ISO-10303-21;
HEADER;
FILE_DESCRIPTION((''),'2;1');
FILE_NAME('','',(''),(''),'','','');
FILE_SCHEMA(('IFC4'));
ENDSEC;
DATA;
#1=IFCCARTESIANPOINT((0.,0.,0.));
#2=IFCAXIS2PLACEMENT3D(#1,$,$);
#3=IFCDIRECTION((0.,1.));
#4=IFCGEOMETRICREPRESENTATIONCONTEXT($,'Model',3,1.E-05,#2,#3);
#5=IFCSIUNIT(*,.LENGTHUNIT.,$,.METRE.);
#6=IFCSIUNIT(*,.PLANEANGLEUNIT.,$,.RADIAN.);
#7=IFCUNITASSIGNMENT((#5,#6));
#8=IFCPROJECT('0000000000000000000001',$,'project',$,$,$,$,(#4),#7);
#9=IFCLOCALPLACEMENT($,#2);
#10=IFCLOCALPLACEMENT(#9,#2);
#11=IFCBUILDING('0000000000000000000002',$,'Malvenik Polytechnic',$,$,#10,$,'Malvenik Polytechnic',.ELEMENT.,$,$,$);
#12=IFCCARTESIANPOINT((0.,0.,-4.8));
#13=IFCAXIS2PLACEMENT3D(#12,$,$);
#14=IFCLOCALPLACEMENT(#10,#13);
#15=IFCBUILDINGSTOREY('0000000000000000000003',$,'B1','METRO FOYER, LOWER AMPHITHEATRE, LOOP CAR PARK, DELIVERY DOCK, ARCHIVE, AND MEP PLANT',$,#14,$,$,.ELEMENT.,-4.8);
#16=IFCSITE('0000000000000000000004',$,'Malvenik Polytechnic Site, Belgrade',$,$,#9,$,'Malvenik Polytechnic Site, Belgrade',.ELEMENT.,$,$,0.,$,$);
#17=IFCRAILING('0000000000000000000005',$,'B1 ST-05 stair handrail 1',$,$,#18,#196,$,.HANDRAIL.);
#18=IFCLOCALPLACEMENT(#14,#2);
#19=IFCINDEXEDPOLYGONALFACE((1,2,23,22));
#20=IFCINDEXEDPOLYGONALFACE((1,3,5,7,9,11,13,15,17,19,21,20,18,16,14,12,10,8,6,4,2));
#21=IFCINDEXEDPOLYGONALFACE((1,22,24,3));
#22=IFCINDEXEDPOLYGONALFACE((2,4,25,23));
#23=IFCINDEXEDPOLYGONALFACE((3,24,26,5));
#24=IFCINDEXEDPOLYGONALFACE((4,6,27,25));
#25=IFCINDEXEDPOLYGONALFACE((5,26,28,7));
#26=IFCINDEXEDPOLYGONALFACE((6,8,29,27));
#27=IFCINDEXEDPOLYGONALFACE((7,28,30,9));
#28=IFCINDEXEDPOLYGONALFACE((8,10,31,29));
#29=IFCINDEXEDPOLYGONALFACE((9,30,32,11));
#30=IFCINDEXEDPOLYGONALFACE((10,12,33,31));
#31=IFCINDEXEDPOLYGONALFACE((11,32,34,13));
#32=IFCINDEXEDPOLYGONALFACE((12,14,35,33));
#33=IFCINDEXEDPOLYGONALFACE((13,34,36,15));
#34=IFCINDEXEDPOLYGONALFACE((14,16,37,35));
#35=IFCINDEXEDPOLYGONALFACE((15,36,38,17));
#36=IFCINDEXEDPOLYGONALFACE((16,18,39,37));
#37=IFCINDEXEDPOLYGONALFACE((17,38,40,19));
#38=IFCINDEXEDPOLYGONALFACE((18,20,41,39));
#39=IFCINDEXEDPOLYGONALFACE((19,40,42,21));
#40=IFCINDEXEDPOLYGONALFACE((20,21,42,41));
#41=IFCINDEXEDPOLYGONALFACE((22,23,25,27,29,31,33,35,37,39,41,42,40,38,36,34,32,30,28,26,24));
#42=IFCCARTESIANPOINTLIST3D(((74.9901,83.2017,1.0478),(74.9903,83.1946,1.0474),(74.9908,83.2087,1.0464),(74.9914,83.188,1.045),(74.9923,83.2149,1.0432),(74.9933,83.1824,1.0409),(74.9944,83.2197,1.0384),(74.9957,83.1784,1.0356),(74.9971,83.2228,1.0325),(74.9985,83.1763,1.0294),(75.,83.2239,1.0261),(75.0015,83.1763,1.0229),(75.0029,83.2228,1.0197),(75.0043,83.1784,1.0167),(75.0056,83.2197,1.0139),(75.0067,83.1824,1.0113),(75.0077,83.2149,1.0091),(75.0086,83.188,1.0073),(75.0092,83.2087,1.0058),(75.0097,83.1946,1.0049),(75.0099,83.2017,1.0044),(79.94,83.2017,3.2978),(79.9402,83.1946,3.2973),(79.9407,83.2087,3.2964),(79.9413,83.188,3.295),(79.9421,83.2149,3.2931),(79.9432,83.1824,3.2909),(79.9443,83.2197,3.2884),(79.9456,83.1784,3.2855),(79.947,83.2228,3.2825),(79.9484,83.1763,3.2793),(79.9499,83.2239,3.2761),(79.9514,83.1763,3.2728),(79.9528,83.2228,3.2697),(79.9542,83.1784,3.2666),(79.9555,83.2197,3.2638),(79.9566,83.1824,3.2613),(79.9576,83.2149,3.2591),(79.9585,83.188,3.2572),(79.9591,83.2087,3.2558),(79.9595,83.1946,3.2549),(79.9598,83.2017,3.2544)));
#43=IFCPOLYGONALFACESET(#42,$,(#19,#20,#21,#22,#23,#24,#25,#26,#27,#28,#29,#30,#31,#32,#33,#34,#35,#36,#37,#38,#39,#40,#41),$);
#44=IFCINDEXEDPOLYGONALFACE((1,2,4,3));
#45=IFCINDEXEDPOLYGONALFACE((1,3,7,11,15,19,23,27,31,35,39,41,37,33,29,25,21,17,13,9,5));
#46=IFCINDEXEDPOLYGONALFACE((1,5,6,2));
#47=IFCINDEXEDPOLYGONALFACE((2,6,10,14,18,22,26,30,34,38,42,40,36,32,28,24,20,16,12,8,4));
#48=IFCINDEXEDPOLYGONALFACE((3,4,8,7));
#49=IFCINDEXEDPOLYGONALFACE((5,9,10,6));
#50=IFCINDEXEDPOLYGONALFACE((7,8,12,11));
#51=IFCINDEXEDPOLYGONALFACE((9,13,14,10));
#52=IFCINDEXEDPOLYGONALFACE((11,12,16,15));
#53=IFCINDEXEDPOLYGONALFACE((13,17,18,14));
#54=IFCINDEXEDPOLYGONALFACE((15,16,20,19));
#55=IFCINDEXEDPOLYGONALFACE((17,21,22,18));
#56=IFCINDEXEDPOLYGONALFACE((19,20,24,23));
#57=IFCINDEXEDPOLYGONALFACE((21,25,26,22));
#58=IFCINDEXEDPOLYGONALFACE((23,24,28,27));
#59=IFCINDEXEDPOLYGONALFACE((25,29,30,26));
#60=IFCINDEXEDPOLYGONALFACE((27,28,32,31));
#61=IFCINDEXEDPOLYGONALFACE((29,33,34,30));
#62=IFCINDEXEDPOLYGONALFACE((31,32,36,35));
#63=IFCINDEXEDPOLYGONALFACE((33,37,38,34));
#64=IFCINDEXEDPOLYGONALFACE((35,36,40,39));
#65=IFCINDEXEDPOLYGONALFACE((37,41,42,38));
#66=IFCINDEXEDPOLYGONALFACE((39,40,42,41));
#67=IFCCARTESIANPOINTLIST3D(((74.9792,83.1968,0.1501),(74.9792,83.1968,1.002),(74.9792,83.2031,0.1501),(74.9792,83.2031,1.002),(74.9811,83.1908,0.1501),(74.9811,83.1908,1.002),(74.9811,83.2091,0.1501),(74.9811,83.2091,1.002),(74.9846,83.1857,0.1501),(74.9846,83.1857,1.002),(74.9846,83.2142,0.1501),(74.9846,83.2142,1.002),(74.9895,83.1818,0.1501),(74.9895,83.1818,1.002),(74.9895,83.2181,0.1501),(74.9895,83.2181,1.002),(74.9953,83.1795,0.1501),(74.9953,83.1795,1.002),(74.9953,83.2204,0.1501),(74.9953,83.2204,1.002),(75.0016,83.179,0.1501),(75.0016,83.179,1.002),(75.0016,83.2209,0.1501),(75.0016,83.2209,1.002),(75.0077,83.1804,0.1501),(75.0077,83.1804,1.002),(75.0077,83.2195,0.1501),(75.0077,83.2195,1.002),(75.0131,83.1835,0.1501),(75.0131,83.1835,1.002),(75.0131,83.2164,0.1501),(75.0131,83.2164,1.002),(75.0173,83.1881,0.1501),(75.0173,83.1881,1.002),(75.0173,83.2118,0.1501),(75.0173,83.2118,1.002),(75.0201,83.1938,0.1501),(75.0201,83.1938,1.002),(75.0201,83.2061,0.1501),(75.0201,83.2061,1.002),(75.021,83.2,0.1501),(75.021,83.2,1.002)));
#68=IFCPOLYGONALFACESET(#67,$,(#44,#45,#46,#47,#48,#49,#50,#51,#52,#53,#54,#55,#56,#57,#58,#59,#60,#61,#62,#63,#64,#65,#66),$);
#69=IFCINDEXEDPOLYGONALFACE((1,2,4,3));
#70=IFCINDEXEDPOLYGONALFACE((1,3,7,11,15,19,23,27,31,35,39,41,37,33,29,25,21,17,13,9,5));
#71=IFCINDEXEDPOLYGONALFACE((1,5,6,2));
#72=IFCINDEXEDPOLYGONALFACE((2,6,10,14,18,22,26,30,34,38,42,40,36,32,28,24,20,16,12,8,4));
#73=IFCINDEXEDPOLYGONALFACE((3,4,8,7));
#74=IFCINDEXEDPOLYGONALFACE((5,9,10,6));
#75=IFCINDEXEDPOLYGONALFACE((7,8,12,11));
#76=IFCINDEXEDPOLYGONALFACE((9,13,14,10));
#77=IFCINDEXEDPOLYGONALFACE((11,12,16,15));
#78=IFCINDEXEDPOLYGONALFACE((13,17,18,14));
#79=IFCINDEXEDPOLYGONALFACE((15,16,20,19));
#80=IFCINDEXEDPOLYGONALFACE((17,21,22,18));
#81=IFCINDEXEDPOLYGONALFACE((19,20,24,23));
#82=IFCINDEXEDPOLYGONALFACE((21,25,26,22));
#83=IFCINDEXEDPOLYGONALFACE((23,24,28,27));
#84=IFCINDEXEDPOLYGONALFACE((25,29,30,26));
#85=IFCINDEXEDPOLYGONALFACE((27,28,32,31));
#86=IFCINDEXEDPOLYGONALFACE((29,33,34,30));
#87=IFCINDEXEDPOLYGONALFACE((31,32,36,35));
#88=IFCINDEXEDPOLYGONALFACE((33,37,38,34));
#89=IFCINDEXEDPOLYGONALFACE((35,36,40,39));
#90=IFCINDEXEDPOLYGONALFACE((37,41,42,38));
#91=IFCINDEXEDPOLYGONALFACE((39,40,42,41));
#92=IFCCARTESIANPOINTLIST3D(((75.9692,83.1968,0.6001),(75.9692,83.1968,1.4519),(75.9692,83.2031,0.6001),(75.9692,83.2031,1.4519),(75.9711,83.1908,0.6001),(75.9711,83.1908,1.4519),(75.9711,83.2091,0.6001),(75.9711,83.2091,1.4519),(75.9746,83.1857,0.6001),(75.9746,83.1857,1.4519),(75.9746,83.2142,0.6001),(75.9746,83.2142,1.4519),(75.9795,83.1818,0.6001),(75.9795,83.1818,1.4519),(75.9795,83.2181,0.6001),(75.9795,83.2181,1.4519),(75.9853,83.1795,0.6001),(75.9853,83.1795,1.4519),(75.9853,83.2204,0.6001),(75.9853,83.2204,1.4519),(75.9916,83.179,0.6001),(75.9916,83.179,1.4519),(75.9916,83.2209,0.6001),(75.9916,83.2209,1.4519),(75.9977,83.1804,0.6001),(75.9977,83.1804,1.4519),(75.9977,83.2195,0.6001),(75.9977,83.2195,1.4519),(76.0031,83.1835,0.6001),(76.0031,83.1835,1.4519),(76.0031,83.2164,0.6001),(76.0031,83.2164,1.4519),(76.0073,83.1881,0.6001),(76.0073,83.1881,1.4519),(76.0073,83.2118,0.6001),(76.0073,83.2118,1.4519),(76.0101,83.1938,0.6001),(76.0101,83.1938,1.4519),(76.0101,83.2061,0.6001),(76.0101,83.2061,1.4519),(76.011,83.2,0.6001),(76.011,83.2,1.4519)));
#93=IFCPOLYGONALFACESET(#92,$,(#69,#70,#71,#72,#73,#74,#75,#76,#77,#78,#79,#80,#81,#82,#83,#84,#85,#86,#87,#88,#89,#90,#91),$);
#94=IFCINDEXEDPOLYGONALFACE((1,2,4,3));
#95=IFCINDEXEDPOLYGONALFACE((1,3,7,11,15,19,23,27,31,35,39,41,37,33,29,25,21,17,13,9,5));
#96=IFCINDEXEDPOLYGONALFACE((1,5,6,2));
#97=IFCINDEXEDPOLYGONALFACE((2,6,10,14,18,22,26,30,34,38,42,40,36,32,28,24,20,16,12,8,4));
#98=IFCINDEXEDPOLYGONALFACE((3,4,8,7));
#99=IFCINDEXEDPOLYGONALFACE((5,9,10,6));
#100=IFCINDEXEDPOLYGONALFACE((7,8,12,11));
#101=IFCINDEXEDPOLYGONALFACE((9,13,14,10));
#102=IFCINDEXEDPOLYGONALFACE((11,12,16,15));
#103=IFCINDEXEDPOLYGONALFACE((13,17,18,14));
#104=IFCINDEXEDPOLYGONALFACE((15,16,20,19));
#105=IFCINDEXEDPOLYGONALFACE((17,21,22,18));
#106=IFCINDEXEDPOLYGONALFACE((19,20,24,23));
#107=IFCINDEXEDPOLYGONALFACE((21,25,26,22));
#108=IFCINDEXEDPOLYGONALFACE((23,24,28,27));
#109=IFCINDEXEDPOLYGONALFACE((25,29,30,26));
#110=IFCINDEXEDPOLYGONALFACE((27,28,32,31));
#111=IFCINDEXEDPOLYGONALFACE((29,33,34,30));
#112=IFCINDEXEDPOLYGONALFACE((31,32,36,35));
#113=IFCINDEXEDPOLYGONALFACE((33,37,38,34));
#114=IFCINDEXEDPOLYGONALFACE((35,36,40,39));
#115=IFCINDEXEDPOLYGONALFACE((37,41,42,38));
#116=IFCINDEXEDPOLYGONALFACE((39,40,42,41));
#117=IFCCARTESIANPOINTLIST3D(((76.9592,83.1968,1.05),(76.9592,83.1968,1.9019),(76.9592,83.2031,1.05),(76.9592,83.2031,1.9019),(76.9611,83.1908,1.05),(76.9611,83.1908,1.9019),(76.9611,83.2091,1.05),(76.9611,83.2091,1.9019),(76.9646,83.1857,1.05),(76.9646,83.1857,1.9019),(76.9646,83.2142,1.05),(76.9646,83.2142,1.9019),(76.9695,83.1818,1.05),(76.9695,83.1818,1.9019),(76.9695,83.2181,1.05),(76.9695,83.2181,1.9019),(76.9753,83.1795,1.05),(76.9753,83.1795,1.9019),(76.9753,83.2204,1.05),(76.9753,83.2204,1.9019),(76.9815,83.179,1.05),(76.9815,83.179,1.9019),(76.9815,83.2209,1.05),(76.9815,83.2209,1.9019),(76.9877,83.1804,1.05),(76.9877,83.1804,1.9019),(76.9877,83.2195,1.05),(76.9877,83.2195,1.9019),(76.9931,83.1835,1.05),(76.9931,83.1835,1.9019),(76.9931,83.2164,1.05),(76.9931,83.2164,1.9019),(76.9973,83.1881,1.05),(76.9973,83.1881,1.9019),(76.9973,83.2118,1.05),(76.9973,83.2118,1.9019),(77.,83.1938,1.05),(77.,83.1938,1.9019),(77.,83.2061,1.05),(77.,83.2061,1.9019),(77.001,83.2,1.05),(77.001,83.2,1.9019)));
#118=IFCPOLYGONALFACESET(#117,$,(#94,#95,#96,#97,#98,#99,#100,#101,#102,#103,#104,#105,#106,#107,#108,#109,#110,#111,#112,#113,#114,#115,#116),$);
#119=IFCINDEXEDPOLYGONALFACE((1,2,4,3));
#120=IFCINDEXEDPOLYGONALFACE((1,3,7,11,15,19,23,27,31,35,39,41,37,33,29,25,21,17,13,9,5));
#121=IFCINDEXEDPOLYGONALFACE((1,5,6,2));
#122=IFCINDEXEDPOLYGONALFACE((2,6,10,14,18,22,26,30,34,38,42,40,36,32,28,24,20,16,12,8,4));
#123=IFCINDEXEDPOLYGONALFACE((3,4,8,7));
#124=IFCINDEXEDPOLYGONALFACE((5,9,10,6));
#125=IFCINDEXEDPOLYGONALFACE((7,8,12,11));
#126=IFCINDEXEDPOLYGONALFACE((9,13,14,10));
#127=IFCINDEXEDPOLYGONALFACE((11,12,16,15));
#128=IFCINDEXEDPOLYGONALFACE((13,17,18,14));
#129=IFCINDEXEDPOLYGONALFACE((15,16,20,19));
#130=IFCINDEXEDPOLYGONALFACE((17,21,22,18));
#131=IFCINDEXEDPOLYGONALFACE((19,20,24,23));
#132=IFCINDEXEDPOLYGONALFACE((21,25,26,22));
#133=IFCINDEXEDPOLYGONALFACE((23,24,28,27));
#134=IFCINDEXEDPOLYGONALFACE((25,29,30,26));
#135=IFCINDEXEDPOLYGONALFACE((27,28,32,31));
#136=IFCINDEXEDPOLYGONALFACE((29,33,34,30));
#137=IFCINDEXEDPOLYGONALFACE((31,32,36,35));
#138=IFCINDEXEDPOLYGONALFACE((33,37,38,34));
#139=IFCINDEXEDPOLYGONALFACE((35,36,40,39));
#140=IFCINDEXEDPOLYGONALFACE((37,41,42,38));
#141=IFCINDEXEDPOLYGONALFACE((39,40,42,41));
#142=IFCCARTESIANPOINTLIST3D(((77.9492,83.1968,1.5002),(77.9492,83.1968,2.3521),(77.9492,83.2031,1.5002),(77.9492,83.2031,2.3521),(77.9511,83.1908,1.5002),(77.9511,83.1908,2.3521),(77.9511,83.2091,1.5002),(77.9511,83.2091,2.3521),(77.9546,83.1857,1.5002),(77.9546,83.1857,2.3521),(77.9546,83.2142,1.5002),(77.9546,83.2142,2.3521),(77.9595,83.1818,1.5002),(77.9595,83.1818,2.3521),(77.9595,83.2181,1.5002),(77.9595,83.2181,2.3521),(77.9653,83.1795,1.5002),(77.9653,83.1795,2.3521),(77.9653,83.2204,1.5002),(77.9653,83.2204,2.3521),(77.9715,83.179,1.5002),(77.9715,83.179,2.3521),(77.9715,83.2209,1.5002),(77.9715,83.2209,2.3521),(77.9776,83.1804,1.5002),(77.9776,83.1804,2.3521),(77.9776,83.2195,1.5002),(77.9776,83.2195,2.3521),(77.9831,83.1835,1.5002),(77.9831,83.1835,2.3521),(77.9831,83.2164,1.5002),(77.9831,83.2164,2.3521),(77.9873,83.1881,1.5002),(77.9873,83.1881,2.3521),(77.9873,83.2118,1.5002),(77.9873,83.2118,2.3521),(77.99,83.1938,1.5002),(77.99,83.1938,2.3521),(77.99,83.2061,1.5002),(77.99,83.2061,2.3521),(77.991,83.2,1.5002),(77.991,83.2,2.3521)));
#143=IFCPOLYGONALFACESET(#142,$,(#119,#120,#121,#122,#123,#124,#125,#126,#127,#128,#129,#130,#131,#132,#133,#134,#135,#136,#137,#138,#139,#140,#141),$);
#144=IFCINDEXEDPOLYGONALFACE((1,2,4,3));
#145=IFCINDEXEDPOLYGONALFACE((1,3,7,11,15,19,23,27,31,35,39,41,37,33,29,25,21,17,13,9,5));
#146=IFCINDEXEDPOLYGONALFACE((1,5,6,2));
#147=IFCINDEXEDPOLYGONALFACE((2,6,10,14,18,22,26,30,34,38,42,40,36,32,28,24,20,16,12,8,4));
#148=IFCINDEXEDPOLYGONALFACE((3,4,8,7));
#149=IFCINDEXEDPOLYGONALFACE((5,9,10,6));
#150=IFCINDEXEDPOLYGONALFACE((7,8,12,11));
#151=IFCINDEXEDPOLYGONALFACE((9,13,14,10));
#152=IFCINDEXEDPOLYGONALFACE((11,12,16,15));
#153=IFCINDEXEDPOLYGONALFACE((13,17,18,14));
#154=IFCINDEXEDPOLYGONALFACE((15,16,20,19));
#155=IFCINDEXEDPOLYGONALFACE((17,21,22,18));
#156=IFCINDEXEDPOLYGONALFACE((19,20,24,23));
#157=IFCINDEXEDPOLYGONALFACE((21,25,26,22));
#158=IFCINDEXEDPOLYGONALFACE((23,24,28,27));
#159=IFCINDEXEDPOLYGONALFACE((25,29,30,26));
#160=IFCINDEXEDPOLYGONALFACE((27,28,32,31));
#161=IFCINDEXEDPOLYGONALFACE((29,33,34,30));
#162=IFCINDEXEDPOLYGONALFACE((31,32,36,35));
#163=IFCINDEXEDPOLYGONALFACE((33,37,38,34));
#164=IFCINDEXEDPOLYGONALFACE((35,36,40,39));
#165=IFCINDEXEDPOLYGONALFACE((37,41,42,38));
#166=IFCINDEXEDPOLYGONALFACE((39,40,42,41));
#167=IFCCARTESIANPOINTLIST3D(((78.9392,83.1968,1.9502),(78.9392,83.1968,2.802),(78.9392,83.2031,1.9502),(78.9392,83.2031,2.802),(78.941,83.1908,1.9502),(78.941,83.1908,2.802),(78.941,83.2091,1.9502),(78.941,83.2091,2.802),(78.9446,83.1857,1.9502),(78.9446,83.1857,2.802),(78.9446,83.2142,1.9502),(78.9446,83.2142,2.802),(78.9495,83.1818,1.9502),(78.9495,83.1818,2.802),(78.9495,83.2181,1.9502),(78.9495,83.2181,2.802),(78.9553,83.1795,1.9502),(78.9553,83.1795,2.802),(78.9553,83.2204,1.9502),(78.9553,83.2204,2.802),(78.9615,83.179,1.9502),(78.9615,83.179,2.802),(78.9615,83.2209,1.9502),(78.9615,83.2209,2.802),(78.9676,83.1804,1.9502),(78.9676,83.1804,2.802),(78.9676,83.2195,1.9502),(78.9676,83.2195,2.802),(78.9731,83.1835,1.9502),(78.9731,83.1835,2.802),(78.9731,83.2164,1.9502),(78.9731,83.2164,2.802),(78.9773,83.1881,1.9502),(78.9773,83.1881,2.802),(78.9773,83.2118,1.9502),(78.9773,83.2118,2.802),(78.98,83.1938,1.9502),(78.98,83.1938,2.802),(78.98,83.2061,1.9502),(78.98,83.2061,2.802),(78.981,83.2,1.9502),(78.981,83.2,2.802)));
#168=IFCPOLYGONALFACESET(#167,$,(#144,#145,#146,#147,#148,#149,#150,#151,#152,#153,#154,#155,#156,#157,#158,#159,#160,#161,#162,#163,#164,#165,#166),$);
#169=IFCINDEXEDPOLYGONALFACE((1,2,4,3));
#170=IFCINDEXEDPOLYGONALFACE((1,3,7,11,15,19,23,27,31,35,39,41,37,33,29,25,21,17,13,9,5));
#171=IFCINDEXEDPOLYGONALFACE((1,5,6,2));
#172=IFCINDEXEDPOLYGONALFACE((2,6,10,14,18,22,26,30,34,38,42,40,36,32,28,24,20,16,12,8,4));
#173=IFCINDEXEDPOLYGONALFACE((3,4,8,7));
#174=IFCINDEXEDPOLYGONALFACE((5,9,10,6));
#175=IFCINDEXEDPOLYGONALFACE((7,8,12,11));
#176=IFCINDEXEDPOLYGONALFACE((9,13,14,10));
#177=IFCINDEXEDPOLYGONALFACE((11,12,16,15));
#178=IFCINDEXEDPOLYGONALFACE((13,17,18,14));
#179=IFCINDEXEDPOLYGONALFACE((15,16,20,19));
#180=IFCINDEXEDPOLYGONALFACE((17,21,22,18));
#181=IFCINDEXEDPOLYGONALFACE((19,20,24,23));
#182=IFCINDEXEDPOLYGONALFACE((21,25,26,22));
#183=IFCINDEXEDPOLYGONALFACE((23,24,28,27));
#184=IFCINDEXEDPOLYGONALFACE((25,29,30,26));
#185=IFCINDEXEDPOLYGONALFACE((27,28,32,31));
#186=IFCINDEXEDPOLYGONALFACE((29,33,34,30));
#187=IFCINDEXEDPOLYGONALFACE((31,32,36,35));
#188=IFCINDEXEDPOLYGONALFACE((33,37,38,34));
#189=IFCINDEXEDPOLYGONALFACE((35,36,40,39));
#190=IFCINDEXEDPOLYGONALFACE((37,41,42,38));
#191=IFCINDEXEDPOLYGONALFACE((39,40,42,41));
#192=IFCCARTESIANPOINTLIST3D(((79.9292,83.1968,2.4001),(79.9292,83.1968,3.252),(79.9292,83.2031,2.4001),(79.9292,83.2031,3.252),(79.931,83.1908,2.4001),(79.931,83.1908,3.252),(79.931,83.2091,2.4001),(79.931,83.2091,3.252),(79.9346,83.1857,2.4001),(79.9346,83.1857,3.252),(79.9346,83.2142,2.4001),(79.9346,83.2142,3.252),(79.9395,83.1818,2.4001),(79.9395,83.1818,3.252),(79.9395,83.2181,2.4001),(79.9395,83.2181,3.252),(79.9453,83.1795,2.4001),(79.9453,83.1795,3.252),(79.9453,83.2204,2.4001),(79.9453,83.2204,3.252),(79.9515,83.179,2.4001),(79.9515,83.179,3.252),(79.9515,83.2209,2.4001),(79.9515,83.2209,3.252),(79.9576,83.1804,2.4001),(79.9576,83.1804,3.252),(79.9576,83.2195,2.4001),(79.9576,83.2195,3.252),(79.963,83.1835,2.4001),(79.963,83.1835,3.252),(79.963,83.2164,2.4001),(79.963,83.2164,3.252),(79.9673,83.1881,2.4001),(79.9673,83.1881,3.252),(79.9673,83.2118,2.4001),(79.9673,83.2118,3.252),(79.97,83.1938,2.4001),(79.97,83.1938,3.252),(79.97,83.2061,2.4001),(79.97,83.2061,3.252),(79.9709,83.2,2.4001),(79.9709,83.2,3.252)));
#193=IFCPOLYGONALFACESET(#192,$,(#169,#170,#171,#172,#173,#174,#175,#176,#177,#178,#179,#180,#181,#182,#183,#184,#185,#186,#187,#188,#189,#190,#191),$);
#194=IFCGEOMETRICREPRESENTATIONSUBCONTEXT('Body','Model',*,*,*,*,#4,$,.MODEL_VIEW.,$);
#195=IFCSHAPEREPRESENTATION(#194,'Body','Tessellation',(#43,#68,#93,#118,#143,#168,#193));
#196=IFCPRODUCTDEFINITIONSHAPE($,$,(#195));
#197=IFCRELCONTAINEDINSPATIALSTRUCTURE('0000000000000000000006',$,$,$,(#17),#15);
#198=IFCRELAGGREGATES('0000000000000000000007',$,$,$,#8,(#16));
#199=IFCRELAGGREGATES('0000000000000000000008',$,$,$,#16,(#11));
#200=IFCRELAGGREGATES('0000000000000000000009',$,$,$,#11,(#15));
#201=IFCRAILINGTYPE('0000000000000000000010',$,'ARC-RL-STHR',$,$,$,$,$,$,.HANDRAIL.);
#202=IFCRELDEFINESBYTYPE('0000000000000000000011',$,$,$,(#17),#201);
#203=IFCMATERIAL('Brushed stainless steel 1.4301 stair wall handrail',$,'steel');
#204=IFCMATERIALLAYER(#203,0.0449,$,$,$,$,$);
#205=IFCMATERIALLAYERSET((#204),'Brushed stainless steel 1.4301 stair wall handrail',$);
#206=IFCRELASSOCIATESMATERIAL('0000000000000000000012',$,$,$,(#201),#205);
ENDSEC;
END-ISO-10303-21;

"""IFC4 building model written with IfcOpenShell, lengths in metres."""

from ifc_helpers import new_model, si_unit, direction, frame, origin, origin_2d, place, context, subcontext, project, spatial, circle, extrude, material, layer, layer_set, type_object, element, save


model = new_model("IFC4")

# Units and contexts
model_context = context("Model", 3, precision=1e-05, world=origin(), true_north=direction((0.0, 1.0)))
body_context = subcontext(model_context, "Body", "Model", "MODEL_VIEW")
ifc_project = project(units=[si_unit("LENGTHUNIT", "METRE"), si_unit("PLANEANGLEUNIT", "RADIAN")], contexts=[model_context])

# Site, building, storey
site_placement = place(None, origin())
site = spatial("IfcSite", under=ifc_project, at=site_placement, Name="Malvenik Polytechnic Site, Belgrade", LongName="Malvenik Polytechnic Site, Belgrade", CompositionType="ELEMENT", RefElevation=0.0)
building_placement = place(site_placement, origin())
building = spatial("IfcBuilding", under=site, at=building_placement, Name="Malvenik Polytechnic", LongName="Malvenik Polytechnic", CompositionType="ELEMENT")
storey_placement = place(building_placement, frame((0.0, 0.0, -4.8)))
storey = spatial("IfcBuildingStorey", under=building, at=storey_placement, Name="B1", Description="METRO FOYER, LOWER AMPHITHEATRE, LOOP CAR PARK, DELIVERY DOCK, ARCHIVE, AND MEP PLANT", CompositionType="ELEMENT", Elevation=-4.8)

# Railing
ifc_material_1 = material(Name="Brushed stainless steel 1.4301 stair wall handrail", Category="steel")
ifc_layer_1 = layer(ifc_material_1, 0.0449)
ifc_layer_set_1 = layer_set([ifc_layer_1], Name="Brushed stainless steel 1.4301 stair wall handrail")
railing_type_1 = type_object("IfcRailingType", Name="ARC-RL-STHR", PredefinedType="HANDRAIL", material=ifc_layer_set_1)
railing_1_placement = place(storey_placement, frame((75.0, 83.2, 0.1501)))
element("IfcRailing", 1, at=railing_1_placement, inside=storey, type_object=railing_type_1, Name="B1 ST-05 stair handrail 1", PredefinedType="HANDRAIL", context=body_context, shape_type="SweptSolid", body=[
    extrude(circle(Radius=0.0239, at=origin_2d()), frame((0.0, 0.0, 0.876), z_axis=(0.910365, 0.0, 0.413806), x_axis=(0.0, 1.0, 0.0)), (0.0, 0.0, 1.0), 5.4373),
    extrude(circle(Radius=0.021, at=origin_2d()), origin(), (0.0, 0.0, 1.0), 0.8518),
    extrude(circle(Radius=0.021, at=origin_2d()), frame((0.99, 0.0, 0.45)), (0.0, 0.0, 1.0), 0.8518),
    extrude(circle(Radius=0.021, at=origin_2d()), frame((1.98, 0.0, 0.8999)), (0.0, 0.0, 1.0), 0.8518),
    extrude(circle(Radius=0.021, at=origin_2d()), frame((2.97, 0.0, 1.3501)), (0.0, 0.0, 1.0), 0.8518),
    extrude(circle(Radius=0.021, at=origin_2d()), frame((3.96, 0.0, 1.8)), (0.0, 0.0, 1.0), 0.8518),
    extrude(circle(Radius=0.021, at=origin_2d()), frame((4.95, 0.0, 2.25)), (0.0, 0.0, 1.0), 0.8518),
])

save(model, "model.ifc")
